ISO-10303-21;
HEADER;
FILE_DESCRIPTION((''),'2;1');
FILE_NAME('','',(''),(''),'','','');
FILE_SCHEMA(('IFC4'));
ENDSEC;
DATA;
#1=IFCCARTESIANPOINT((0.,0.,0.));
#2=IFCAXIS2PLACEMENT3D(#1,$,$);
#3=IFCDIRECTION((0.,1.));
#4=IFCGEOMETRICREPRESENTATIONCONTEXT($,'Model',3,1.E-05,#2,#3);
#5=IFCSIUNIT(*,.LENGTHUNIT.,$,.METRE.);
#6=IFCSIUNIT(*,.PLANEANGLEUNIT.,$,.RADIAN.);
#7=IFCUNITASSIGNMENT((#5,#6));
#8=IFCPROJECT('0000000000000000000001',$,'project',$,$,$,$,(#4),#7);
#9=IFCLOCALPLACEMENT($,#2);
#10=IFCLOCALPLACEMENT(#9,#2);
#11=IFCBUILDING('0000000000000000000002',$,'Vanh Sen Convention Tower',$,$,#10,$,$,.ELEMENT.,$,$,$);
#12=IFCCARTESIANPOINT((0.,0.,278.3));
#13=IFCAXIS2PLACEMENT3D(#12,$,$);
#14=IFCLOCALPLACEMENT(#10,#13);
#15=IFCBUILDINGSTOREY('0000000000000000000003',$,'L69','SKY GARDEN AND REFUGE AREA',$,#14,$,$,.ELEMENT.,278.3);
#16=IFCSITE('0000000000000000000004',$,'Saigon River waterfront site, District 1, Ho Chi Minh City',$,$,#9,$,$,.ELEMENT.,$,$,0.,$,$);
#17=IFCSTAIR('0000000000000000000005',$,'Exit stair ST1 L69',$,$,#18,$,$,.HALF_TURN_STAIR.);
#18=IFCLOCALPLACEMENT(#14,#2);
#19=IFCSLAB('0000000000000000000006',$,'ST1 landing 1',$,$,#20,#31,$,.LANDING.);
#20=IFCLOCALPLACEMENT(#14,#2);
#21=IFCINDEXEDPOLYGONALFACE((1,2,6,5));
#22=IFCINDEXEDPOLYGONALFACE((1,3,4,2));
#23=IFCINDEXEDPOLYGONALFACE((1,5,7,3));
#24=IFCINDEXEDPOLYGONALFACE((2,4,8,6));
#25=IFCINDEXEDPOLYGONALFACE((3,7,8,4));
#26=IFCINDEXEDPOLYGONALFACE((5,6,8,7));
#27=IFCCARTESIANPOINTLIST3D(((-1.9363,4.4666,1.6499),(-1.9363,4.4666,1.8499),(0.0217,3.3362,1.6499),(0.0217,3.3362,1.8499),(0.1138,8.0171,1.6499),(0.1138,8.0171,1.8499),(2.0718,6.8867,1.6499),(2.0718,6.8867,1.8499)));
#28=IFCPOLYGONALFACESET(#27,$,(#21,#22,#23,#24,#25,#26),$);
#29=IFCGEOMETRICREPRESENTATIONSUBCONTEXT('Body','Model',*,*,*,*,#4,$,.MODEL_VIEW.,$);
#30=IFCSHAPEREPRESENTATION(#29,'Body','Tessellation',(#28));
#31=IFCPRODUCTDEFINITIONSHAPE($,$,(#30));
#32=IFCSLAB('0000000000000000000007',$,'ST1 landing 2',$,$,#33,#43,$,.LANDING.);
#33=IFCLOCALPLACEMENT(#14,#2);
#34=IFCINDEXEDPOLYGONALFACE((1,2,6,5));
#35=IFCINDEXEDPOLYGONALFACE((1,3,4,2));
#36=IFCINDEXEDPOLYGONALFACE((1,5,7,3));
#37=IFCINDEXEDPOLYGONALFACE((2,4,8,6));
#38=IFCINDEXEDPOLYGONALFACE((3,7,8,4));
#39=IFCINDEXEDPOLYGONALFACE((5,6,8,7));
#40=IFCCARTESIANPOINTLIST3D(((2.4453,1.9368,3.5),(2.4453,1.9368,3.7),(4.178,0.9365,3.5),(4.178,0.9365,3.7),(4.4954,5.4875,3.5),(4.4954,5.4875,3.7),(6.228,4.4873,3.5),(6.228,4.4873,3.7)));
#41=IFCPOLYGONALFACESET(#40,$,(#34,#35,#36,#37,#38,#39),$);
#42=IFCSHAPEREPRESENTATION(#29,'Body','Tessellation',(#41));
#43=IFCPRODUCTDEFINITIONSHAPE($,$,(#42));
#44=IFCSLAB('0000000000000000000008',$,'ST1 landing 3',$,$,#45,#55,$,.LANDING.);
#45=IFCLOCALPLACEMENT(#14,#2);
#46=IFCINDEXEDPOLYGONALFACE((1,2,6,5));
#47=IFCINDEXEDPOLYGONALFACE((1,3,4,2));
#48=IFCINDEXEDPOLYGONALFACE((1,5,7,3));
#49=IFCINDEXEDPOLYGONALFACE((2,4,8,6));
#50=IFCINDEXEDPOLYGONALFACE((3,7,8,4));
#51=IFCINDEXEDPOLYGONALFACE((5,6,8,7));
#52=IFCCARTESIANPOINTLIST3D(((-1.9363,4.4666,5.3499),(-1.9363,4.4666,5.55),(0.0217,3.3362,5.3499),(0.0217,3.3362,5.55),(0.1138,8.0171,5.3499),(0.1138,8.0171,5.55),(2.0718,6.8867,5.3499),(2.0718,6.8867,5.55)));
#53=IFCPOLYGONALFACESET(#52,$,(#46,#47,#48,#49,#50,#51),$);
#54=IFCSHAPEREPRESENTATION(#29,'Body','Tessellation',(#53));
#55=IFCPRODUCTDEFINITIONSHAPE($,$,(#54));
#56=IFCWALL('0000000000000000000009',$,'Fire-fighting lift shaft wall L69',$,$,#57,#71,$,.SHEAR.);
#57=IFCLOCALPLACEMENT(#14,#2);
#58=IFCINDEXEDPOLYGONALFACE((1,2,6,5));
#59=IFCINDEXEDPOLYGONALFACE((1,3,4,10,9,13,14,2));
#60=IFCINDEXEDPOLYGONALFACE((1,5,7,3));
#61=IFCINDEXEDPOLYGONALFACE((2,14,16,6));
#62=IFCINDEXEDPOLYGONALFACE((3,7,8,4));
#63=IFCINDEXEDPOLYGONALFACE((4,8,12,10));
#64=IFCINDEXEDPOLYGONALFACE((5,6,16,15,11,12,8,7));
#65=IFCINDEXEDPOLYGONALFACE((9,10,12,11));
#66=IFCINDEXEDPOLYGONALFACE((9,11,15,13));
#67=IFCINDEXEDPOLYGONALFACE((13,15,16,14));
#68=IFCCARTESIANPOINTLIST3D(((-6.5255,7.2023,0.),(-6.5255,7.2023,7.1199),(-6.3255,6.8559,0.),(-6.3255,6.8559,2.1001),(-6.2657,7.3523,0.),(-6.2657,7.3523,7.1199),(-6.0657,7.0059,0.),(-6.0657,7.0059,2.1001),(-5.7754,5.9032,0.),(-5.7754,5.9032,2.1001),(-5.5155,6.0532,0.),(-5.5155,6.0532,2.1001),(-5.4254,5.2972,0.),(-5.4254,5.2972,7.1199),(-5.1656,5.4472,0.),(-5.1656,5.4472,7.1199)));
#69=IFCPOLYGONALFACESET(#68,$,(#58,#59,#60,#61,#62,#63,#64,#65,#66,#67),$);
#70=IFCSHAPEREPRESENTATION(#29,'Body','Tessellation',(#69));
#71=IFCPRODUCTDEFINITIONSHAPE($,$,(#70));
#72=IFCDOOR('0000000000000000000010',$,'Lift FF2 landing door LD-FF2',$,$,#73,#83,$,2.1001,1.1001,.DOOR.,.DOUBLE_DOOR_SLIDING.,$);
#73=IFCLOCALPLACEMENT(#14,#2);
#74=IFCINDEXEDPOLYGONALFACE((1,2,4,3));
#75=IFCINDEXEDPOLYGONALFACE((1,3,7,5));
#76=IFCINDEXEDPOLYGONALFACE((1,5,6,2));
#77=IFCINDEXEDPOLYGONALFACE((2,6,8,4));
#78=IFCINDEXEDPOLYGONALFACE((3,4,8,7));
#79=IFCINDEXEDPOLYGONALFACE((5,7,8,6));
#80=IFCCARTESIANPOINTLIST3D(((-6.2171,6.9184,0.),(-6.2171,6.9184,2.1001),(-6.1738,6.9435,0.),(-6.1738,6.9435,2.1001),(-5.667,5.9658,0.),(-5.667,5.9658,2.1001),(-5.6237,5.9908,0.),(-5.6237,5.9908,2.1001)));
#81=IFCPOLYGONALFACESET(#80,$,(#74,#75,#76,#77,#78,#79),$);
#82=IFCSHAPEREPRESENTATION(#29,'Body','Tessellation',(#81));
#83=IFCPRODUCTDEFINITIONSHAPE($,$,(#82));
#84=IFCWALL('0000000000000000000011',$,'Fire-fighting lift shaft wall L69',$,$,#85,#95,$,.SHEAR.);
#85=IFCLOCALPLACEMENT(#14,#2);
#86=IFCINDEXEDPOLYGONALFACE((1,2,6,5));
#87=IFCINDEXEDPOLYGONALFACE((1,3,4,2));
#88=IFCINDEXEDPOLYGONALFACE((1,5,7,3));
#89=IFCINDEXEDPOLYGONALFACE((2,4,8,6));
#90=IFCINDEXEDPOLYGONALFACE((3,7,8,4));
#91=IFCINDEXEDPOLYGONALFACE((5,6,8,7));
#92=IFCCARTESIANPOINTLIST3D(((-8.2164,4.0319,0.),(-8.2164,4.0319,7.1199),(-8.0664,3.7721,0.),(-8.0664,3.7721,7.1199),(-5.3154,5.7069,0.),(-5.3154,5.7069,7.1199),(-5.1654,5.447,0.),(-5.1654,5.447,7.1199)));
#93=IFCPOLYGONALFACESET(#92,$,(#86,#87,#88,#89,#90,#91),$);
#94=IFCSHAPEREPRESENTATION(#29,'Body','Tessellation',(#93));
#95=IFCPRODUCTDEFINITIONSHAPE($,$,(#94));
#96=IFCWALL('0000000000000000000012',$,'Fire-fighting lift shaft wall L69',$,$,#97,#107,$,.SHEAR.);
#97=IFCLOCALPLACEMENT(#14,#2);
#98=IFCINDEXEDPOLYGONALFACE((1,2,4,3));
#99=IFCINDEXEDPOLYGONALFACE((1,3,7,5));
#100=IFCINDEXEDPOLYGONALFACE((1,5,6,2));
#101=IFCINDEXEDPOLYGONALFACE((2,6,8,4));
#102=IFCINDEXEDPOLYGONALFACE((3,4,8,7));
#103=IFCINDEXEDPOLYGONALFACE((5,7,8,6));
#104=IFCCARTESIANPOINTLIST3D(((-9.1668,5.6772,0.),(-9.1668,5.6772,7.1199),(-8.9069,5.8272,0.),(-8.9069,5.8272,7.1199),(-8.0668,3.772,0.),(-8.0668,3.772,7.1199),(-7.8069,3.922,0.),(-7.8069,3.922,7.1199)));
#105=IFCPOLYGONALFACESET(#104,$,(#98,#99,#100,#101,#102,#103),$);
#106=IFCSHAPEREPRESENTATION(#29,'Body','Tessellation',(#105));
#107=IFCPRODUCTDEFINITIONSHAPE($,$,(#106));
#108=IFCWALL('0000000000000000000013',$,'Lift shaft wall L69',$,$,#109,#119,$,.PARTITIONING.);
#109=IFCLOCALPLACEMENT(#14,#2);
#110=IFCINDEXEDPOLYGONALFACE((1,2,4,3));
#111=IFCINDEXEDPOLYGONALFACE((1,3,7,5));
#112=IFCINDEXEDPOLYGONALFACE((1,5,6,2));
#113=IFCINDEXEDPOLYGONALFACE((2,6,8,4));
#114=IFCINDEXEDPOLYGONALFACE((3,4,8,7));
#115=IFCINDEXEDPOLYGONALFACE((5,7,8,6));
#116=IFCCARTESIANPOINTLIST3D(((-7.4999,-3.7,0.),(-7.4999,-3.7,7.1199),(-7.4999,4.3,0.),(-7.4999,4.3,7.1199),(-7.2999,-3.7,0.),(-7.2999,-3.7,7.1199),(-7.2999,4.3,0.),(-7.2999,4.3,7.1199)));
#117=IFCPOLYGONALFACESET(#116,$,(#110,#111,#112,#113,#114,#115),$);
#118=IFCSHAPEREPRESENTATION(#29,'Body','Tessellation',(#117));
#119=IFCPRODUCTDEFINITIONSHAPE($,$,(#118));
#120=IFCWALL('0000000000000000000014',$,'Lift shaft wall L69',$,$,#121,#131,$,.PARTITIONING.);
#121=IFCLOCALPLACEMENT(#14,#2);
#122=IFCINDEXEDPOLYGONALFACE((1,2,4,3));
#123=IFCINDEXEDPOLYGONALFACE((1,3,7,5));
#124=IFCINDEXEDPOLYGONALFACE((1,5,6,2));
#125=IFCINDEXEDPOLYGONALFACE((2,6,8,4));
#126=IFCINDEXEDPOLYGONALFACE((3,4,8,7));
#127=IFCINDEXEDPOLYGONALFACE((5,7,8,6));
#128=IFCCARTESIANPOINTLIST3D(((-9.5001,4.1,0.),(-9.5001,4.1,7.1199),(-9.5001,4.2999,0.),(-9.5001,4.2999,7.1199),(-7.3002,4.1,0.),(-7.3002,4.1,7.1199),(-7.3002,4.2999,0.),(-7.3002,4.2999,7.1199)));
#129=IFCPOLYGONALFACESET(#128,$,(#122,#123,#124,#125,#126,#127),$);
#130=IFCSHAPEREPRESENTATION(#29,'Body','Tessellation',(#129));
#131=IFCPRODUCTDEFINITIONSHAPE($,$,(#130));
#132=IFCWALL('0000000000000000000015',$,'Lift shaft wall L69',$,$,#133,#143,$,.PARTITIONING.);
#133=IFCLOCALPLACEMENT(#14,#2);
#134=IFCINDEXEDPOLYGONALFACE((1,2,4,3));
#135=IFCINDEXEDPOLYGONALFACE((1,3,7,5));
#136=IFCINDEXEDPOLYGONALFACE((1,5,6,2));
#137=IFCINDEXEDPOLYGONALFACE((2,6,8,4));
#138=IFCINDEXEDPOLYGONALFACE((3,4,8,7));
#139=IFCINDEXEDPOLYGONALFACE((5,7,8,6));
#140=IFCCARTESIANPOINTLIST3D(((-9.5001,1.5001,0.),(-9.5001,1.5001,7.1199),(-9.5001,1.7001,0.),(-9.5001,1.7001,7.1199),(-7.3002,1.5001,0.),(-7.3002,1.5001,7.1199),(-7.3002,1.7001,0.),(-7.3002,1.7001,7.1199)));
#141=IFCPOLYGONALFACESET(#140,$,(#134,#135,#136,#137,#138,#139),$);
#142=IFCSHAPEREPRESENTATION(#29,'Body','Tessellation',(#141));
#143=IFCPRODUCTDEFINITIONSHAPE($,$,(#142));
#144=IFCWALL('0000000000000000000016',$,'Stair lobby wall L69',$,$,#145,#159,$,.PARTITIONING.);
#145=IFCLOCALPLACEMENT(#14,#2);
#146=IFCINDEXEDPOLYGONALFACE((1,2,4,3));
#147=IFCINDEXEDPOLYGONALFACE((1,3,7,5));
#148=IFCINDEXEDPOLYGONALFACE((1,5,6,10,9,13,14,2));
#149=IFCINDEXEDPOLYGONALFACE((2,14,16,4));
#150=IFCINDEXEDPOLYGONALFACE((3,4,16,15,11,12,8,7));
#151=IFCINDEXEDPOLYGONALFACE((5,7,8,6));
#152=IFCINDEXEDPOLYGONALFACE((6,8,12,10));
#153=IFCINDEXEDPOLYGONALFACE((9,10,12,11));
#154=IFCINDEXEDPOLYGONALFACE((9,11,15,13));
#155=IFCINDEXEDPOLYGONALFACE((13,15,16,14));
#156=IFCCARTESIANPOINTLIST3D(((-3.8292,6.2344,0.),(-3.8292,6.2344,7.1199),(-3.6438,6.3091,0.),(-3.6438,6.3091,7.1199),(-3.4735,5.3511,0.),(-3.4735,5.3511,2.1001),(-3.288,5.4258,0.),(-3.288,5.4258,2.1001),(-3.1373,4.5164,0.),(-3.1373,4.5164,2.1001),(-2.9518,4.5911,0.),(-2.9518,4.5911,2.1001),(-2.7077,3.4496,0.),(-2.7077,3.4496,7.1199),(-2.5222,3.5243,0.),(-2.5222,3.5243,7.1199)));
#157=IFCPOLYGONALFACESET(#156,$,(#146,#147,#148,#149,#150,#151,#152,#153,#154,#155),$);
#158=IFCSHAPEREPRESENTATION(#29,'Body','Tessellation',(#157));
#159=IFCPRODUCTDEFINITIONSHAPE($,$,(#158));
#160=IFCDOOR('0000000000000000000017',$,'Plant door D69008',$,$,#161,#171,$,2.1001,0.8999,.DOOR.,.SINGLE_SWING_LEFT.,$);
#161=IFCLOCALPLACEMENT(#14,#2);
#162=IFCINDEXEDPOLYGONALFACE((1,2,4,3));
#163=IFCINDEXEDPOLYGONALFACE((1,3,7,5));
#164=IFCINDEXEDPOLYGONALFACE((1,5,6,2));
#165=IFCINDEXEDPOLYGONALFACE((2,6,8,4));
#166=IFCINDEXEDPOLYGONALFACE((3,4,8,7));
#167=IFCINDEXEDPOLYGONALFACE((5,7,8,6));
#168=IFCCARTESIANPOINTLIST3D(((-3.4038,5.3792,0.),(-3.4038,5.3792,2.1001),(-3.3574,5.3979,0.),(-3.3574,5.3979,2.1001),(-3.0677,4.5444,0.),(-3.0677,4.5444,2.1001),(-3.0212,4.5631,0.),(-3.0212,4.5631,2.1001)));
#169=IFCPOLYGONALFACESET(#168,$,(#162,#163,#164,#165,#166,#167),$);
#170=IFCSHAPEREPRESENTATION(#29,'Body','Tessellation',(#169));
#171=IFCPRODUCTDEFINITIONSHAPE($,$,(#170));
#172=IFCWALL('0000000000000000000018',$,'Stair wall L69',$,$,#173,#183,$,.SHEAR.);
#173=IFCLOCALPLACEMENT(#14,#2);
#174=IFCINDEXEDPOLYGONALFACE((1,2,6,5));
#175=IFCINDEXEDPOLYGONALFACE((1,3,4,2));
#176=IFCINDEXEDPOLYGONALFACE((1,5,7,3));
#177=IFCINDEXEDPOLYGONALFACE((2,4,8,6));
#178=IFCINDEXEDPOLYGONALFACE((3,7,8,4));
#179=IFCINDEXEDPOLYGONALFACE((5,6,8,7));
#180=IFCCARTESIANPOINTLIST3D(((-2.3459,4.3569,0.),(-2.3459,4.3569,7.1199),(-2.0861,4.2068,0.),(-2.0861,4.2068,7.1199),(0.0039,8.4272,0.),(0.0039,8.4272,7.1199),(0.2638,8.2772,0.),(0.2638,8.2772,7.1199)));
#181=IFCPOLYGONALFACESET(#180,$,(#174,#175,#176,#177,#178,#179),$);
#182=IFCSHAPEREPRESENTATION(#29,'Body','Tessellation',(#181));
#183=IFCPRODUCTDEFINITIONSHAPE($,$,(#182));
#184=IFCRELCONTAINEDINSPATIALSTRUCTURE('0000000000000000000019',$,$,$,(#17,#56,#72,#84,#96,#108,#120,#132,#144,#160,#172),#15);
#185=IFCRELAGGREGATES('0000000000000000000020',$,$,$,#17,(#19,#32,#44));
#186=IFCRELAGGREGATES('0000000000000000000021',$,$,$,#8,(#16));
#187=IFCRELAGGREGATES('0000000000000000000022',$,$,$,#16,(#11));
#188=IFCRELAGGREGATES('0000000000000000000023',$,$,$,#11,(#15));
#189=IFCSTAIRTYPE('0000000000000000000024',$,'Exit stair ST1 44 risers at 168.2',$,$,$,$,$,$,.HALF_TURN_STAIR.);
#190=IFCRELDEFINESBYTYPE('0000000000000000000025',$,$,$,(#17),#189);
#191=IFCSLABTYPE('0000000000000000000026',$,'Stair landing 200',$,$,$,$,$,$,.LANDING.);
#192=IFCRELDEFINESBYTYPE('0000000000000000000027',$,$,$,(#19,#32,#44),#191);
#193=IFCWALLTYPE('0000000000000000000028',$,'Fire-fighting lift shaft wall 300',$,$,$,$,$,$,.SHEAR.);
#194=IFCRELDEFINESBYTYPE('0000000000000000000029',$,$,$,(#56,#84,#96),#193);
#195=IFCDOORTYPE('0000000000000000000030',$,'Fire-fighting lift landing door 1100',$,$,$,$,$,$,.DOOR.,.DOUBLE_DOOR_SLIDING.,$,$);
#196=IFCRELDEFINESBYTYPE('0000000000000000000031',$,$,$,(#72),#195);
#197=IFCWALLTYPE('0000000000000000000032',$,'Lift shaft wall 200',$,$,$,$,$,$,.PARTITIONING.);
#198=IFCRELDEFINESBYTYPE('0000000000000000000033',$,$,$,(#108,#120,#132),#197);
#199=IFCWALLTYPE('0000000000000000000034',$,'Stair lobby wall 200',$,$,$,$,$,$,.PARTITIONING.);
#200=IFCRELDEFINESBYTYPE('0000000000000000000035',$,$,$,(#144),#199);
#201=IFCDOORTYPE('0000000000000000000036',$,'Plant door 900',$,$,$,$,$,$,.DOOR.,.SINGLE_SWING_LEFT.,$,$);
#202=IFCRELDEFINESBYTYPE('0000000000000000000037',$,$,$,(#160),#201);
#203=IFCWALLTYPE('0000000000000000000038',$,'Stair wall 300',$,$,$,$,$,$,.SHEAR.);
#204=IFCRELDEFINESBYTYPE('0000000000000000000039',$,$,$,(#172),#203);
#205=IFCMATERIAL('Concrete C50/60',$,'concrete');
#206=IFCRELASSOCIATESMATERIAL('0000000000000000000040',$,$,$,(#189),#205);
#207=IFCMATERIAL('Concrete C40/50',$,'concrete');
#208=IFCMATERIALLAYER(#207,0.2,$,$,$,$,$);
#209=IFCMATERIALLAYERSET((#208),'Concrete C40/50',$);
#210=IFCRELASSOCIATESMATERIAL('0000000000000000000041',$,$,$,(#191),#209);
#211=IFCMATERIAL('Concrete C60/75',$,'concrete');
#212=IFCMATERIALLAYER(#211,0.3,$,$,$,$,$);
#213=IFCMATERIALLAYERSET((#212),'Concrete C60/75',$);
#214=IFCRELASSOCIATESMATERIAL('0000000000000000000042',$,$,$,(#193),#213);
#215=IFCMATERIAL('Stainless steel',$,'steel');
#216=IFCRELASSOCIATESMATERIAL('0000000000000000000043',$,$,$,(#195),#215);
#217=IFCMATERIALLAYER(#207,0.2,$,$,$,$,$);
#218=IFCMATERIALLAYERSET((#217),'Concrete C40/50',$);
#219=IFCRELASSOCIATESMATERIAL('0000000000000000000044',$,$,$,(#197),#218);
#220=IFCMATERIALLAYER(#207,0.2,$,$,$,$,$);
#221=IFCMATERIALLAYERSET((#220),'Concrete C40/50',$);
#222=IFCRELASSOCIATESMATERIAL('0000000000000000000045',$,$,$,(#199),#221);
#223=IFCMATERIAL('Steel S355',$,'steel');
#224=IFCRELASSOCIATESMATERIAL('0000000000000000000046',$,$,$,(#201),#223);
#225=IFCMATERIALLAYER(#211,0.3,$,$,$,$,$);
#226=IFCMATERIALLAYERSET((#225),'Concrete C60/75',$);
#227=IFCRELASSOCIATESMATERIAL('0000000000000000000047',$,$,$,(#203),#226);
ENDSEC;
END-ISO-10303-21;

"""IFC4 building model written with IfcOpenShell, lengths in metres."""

from ifc_helpers import new_model, si_unit, direction, frame, frame_2d, origin, place, context, subcontext, project, spatial, polyline, rectangle, outline, extrude, material, layer, layer_set, type_object, element, fill, aggregate, save


model = new_model("IFC4")

# Units and contexts
model_context = context("Model", 3, precision=1e-05, world=origin(), true_north=direction((0.0, 1.0)))
body_context = subcontext(model_context, "Body", "Model", "MODEL_VIEW")
ifc_project = project(units=[si_unit("LENGTHUNIT", "METRE"), si_unit("PLANEANGLEUNIT", "RADIAN")], contexts=[model_context])

# Site, building, storey
site_placement = place(None, origin())
site = spatial("IfcSite", under=ifc_project, at=site_placement, Name="Saigon River waterfront site, District 1, Ho Chi Minh City", CompositionType="ELEMENT", RefElevation=0.0)
building_placement = place(site_placement, origin())
building = spatial("IfcBuilding", under=site, at=building_placement, Name="Vanh Sen Convention Tower", CompositionType="ELEMENT")
storey_placement = place(building_placement, frame((0.0, 0.0, 278.3)))
storey = spatial("IfcBuildingStorey", under=building, at=storey_placement, Name="L69", Description="SKY GARDEN AND REFUGE AREA", CompositionType="ELEMENT", Elevation=278.3)

# Stair, slabs
ifc_material_1 = material(Name="Concrete C50/60", Category="concrete")
stair_type = type_object("IfcStairType", Name="Exit stair ST1 44 risers at 168.2", PredefinedType="HALF_TURN_STAIR", material=ifc_material_1)
stair_placement = place(storey_placement, origin())
stair = element("IfcStair", 1, at=stair_placement, inside=storey, type_object=stair_type, Name="Exit stair ST1 L69", PredefinedType="HALF_TURN_STAIR")
ifc_material_2 = material(Name="Concrete C40/50", Category="concrete")
ifc_layer_1 = layer(ifc_material_2, 0.2)
ifc_layer_set_1 = layer_set([ifc_layer_1], Name="Concrete C40/50")
slab_type = type_object("IfcSlabType", Name="Stair landing 200", PredefinedType="LANDING", material=ifc_layer_set_1)
slab_1_placement = place(storey_placement, frame((0.0, 0.0, 1.6499)))
slab_1 = element("IfcSlab", 2, at=slab_1_placement, type_object=slab_type, Name="ST1 landing 1", PredefinedType="LANDING", context=body_context, shape_type="SweptSolid", body=[
    extrude(outline(polyline([(2.0718, 6.8867), (0.1138, 8.0171), (-1.9363, 4.4666), (0.0217, 3.3362), (2.0718, 6.8867)])), origin(), (0.0, 0.0, 1.0), 0.2),
])
slab_2_placement = place(storey_placement, frame((0.0, 0.0, 3.5)))
slab_2 = element("IfcSlab", 3, at=slab_2_placement, type_object=slab_type, Name="ST1 landing 2", PredefinedType="LANDING", context=body_context, shape_type="SweptSolid", body=[
    extrude(outline(polyline([(6.228, 4.4873), (4.4954, 5.4875), (2.4453, 1.9368), (4.178, 0.9365), (6.228, 4.4873)])), origin(), (0.0, 0.0, 1.0), 0.2),
])
slab_3_placement = place(storey_placement, frame((0.0, 0.0, 5.3499)))
slab_3 = element("IfcSlab", 4, at=slab_3_placement, type_object=slab_type, Name="ST1 landing 3", PredefinedType="LANDING", context=body_context, shape_type="SweptSolid", body=[
    extrude(outline(polyline([(2.0718, 6.8867), (0.1138, 8.0171), (-1.9363, 4.4666), (0.0217, 3.3362), (2.0718, 6.8867)])), origin(), (0.0, 0.0, 1.0), 0.2002),
])
aggregate(stair, [slab_1, slab_2, slab_3])

# Wall, opening, door
ifc_material_3 = material(Name="Concrete C60/75", Category="concrete")
ifc_layer_2 = layer(ifc_material_3, 0.3)
ifc_layer_set_2 = layer_set([ifc_layer_2], Name="Concrete C60/75")
wall_type_1 = type_object("IfcWallType", Name="Fire-fighting lift shaft wall 300", PredefinedType="SHEAR", material=ifc_layer_set_2)
wall_1_placement = place(storey_placement, frame((-5.2954, 5.3721, 0.0), z_axis=(0.0, 0.0, 1.0), x_axis=(-0.500078, 0.86598, 0.0)))
wall_1 = element("IfcWall", 5, at=wall_1_placement, inside=storey, type_object=wall_type_1, Name="Fire-fighting lift shaft wall L69", PredefinedType="SHEAR", context=body_context, shape_type="SweptSolid", body=[
    extrude(rectangle(XDim=2.2, YDim=0.3, at=frame_2d((1.1001, 0.0))), origin(), (0.0, 0.0, 1.0), 7.1199),
])
opening_1_placement = place(wall_1_placement, frame((0.7, 0.0, 0.0)))
opening_1 = element("IfcOpeningElement", 6, at=opening_1_placement, cuts=wall_1, PredefinedType="OPENING", context=body_context, shape_type="SweptSolid", body=[
    extrude(rectangle(XDim=1.1001, YDim=2.1001, at=frame_2d((0.55, 1.05))), frame((0.0, 0.1599, 0.0), z_axis=(0.0, -1.0, 0.0), x_axis=(1.0, 0.0, 0.0)), (0.0, 0.0, 1.0), 0.3201),
])
ifc_material_4 = material(Name="Stainless steel", Category="steel")
door_type_1 = type_object("IfcDoorType", Name="Fire-fighting lift landing door 1100", OperationType="DOUBLE_DOOR_SLIDING", PredefinedType="DOOR", material=ifc_material_4)
door_1_placement = place(opening_1_placement, origin())
door_1 = element("IfcDoor", 7, at=door_1_placement, inside=storey, type_object=door_type_1, Name="Lift FF2 landing door LD-FF2", OperationType="DOUBLE_DOOR_SLIDING", OverallHeight=2.1001, OverallWidth=1.1001, PredefinedType="DOOR", context=body_context, shape_type="SweptSolid", body=[
    extrude(rectangle(XDim=1.1001, YDim=2.1001, at=frame_2d((0.55, 1.05))), frame((0.0, 0.0249, 0.0), z_axis=(0.0, -1.0, 0.0), x_axis=(1.0, 0.0, 0.0)), (0.0, 0.0, 1.0), 0.05),
])
fill(opening_1, door_1)

# Walls
wall_2_placement = place(storey_placement, frame((-5.2405, 5.5769, 0.0), z_axis=(0.0, 0.0, 1.0), x_axis=(-0.866014, -0.500019, 0.0)))
element("IfcWall", 8, at=wall_2_placement, inside=storey, type_object=wall_type_1, Name="Fire-fighting lift shaft wall L69", PredefinedType="SHEAR", context=body_context, shape_type="SweptSolid", body=[
    extrude(rectangle(XDim=3.3499, YDim=0.3, at=frame_2d((1.6748, 0.0))), origin(), (0.0, 0.0, 1.0), 7.1199),
])
wall_3_placement = place(storey_placement, frame((-7.9368, 3.8469, 0.0), z_axis=(0.0, 0.0, 1.0), x_axis=(-0.50003, 0.866008, 0.0)))
element("IfcWall", 9, at=wall_3_placement, inside=storey, type_object=wall_type_1, Name="Fire-fighting lift shaft wall L69", PredefinedType="SHEAR", context=body_context, shape_type="SweptSolid", body=[
    extrude(rectangle(XDim=2.2, YDim=0.3, at=frame_2d((1.1001, 0.0))), origin(), (0.0, 0.0, 1.0), 7.1199),
])
ifc_layer_3 = layer(ifc_material_2, 0.2)
ifc_layer_set_3 = layer_set([ifc_layer_3], Name="Concrete C40/50")
wall_type_2 = type_object("IfcWallType", Name="Lift shaft wall 200", PredefinedType="PARTITIONING", material=ifc_layer_set_3)
wall_4_placement = place(storey_placement, frame((-7.3999, 4.3, 0.0), z_axis=(0.0, 0.0, 1.0), x_axis=(0.0, -1.0, 0.0)))
element("IfcWall", 10, at=wall_4_placement, inside=storey, type_object=wall_type_2, Name="Lift shaft wall L69", PredefinedType="PARTITIONING", context=body_context, shape_type="SweptSolid", body=[
    extrude(rectangle(XDim=8.0, YDim=0.2, at=frame_2d((4.0, 0.0))), origin(), (0.0, 0.0, 1.0), 7.1199),
])
for number, where, z_axis, x_axis, name in (
    (11, (-7.3, 4.2, 0.0), (0.0, 0.0, 1.0), (-1.0, 0.0, 0.0), "Lift shaft wall L69"),
    (12, (-7.3, 1.6001, 0.0), (0.0, 0.0, 1.0), (-1.0, 0.0, 0.0), "Lift shaft wall L69"),
):
    element("IfcWall", number, at=place(storey_placement, frame(where, z_axis=z_axis, x_axis=x_axis)), inside=storey, type_object=wall_type_2, Name=name, PredefinedType="PARTITIONING", context=body_context, shape_type="SweptSolid", body=[
        extrude(rectangle(XDim=2.2, YDim=0.2, at=frame_2d((1.1001, 0.0))), origin(), (0.0, 0.0, 1.0), 7.1199),
    ])

# Wall, opening, door
ifc_layer_4 = layer(ifc_material_2, 0.2)
ifc_layer_set_4 = layer_set([ifc_layer_4], Name="Concrete C40/50")
wall_type_3 = type_object("IfcWallType", Name="Stair lobby wall 200", PredefinedType="PARTITIONING", material=ifc_layer_set_4)
wall_5_placement = place(storey_placement, frame((-2.615, 3.4871, 0.0), z_axis=(0.0, 0.0, 1.0), x_axis=(-0.373577, 0.927599, 0.0)))
wall_5 = element("IfcWall", 13, at=wall_5_placement, inside=storey, type_object=wall_type_3, Name="Stair lobby wall L69", PredefinedType="PARTITIONING", context=body_context, shape_type="SweptSolid", body=[
    extrude(rectangle(XDim=3.0022, YDim=0.2, at=frame_2d((1.501, 0.0))), origin(), (0.0, 0.0, 1.0), 7.1199),
])
opening_2_placement = place(wall_5_placement, frame((1.1499, 0.0, 0.0)))
opening_2 = element("IfcOpeningElement", 14, at=opening_2_placement, cuts=wall_5, PredefinedType="OPENING", context=body_context, shape_type="SweptSolid", body=[
    extrude(rectangle(XDim=0.8999, YDim=2.1001, at=frame_2d((0.45, 1.05))), frame((0.0, 0.1099, 0.0), z_axis=(0.0, -1.0, 0.0), x_axis=(1.0, 0.0, 0.0)), (0.0, 0.0, 1.0), 0.22),
])
ifc_material_5 = material(Name="Steel S355", Category="steel")
door_type_2 = type_object("IfcDoorType", Name="Plant door 900", OperationType="SINGLE_SWING_LEFT", PredefinedType="DOOR", material=ifc_material_5)
door_2_placement = place(opening_2_placement, origin())
door_2 = element("IfcDoor", 15, at=door_2_placement, inside=storey, type_object=door_type_2, Name="Plant door D69008", OperationType="SINGLE_SWING_LEFT", OverallHeight=2.1001, OverallWidth=0.8999, PredefinedType="DOOR", context=body_context, shape_type="SweptSolid", body=[
    extrude(rectangle(XDim=0.8999, YDim=2.1001, at=frame_2d((0.45, 1.05))), frame((0.0, 0.0249, 0.0), z_axis=(0.0, -1.0, 0.0), x_axis=(1.0, 0.0, 0.0)), (0.0, 0.0, 1.0), 0.05),
])
fill(opening_2, door_2)

# Wall
ifc_layer_5 = layer(ifc_material_3, 0.3)
ifc_layer_set_5 = layer_set([ifc_layer_5], Name="Concrete C60/75")
wall_type_4 = type_object("IfcWallType", Name="Stair wall 300", PredefinedType="SHEAR", material=ifc_layer_set_5)
wall_6_placement = place(storey_placement, frame((-2.2161, 4.2817, 0.0), z_axis=(0.0, 0.0, 1.0), x_axis=(0.499977, 0.866039, 0.0)))
element("IfcWall", 16, at=wall_6_placement, inside=storey, type_object=wall_type_4, Name="Stair wall L69", PredefinedType="SHEAR", context=body_context, shape_type="SweptSolid", body=[
    extrude(rectangle(XDim=4.7, YDim=0.3, at=frame_2d((2.3501, 0.0))), origin(), (0.0, 0.0, 1.0), 7.1199),
])

save(model, "model.ifc")
